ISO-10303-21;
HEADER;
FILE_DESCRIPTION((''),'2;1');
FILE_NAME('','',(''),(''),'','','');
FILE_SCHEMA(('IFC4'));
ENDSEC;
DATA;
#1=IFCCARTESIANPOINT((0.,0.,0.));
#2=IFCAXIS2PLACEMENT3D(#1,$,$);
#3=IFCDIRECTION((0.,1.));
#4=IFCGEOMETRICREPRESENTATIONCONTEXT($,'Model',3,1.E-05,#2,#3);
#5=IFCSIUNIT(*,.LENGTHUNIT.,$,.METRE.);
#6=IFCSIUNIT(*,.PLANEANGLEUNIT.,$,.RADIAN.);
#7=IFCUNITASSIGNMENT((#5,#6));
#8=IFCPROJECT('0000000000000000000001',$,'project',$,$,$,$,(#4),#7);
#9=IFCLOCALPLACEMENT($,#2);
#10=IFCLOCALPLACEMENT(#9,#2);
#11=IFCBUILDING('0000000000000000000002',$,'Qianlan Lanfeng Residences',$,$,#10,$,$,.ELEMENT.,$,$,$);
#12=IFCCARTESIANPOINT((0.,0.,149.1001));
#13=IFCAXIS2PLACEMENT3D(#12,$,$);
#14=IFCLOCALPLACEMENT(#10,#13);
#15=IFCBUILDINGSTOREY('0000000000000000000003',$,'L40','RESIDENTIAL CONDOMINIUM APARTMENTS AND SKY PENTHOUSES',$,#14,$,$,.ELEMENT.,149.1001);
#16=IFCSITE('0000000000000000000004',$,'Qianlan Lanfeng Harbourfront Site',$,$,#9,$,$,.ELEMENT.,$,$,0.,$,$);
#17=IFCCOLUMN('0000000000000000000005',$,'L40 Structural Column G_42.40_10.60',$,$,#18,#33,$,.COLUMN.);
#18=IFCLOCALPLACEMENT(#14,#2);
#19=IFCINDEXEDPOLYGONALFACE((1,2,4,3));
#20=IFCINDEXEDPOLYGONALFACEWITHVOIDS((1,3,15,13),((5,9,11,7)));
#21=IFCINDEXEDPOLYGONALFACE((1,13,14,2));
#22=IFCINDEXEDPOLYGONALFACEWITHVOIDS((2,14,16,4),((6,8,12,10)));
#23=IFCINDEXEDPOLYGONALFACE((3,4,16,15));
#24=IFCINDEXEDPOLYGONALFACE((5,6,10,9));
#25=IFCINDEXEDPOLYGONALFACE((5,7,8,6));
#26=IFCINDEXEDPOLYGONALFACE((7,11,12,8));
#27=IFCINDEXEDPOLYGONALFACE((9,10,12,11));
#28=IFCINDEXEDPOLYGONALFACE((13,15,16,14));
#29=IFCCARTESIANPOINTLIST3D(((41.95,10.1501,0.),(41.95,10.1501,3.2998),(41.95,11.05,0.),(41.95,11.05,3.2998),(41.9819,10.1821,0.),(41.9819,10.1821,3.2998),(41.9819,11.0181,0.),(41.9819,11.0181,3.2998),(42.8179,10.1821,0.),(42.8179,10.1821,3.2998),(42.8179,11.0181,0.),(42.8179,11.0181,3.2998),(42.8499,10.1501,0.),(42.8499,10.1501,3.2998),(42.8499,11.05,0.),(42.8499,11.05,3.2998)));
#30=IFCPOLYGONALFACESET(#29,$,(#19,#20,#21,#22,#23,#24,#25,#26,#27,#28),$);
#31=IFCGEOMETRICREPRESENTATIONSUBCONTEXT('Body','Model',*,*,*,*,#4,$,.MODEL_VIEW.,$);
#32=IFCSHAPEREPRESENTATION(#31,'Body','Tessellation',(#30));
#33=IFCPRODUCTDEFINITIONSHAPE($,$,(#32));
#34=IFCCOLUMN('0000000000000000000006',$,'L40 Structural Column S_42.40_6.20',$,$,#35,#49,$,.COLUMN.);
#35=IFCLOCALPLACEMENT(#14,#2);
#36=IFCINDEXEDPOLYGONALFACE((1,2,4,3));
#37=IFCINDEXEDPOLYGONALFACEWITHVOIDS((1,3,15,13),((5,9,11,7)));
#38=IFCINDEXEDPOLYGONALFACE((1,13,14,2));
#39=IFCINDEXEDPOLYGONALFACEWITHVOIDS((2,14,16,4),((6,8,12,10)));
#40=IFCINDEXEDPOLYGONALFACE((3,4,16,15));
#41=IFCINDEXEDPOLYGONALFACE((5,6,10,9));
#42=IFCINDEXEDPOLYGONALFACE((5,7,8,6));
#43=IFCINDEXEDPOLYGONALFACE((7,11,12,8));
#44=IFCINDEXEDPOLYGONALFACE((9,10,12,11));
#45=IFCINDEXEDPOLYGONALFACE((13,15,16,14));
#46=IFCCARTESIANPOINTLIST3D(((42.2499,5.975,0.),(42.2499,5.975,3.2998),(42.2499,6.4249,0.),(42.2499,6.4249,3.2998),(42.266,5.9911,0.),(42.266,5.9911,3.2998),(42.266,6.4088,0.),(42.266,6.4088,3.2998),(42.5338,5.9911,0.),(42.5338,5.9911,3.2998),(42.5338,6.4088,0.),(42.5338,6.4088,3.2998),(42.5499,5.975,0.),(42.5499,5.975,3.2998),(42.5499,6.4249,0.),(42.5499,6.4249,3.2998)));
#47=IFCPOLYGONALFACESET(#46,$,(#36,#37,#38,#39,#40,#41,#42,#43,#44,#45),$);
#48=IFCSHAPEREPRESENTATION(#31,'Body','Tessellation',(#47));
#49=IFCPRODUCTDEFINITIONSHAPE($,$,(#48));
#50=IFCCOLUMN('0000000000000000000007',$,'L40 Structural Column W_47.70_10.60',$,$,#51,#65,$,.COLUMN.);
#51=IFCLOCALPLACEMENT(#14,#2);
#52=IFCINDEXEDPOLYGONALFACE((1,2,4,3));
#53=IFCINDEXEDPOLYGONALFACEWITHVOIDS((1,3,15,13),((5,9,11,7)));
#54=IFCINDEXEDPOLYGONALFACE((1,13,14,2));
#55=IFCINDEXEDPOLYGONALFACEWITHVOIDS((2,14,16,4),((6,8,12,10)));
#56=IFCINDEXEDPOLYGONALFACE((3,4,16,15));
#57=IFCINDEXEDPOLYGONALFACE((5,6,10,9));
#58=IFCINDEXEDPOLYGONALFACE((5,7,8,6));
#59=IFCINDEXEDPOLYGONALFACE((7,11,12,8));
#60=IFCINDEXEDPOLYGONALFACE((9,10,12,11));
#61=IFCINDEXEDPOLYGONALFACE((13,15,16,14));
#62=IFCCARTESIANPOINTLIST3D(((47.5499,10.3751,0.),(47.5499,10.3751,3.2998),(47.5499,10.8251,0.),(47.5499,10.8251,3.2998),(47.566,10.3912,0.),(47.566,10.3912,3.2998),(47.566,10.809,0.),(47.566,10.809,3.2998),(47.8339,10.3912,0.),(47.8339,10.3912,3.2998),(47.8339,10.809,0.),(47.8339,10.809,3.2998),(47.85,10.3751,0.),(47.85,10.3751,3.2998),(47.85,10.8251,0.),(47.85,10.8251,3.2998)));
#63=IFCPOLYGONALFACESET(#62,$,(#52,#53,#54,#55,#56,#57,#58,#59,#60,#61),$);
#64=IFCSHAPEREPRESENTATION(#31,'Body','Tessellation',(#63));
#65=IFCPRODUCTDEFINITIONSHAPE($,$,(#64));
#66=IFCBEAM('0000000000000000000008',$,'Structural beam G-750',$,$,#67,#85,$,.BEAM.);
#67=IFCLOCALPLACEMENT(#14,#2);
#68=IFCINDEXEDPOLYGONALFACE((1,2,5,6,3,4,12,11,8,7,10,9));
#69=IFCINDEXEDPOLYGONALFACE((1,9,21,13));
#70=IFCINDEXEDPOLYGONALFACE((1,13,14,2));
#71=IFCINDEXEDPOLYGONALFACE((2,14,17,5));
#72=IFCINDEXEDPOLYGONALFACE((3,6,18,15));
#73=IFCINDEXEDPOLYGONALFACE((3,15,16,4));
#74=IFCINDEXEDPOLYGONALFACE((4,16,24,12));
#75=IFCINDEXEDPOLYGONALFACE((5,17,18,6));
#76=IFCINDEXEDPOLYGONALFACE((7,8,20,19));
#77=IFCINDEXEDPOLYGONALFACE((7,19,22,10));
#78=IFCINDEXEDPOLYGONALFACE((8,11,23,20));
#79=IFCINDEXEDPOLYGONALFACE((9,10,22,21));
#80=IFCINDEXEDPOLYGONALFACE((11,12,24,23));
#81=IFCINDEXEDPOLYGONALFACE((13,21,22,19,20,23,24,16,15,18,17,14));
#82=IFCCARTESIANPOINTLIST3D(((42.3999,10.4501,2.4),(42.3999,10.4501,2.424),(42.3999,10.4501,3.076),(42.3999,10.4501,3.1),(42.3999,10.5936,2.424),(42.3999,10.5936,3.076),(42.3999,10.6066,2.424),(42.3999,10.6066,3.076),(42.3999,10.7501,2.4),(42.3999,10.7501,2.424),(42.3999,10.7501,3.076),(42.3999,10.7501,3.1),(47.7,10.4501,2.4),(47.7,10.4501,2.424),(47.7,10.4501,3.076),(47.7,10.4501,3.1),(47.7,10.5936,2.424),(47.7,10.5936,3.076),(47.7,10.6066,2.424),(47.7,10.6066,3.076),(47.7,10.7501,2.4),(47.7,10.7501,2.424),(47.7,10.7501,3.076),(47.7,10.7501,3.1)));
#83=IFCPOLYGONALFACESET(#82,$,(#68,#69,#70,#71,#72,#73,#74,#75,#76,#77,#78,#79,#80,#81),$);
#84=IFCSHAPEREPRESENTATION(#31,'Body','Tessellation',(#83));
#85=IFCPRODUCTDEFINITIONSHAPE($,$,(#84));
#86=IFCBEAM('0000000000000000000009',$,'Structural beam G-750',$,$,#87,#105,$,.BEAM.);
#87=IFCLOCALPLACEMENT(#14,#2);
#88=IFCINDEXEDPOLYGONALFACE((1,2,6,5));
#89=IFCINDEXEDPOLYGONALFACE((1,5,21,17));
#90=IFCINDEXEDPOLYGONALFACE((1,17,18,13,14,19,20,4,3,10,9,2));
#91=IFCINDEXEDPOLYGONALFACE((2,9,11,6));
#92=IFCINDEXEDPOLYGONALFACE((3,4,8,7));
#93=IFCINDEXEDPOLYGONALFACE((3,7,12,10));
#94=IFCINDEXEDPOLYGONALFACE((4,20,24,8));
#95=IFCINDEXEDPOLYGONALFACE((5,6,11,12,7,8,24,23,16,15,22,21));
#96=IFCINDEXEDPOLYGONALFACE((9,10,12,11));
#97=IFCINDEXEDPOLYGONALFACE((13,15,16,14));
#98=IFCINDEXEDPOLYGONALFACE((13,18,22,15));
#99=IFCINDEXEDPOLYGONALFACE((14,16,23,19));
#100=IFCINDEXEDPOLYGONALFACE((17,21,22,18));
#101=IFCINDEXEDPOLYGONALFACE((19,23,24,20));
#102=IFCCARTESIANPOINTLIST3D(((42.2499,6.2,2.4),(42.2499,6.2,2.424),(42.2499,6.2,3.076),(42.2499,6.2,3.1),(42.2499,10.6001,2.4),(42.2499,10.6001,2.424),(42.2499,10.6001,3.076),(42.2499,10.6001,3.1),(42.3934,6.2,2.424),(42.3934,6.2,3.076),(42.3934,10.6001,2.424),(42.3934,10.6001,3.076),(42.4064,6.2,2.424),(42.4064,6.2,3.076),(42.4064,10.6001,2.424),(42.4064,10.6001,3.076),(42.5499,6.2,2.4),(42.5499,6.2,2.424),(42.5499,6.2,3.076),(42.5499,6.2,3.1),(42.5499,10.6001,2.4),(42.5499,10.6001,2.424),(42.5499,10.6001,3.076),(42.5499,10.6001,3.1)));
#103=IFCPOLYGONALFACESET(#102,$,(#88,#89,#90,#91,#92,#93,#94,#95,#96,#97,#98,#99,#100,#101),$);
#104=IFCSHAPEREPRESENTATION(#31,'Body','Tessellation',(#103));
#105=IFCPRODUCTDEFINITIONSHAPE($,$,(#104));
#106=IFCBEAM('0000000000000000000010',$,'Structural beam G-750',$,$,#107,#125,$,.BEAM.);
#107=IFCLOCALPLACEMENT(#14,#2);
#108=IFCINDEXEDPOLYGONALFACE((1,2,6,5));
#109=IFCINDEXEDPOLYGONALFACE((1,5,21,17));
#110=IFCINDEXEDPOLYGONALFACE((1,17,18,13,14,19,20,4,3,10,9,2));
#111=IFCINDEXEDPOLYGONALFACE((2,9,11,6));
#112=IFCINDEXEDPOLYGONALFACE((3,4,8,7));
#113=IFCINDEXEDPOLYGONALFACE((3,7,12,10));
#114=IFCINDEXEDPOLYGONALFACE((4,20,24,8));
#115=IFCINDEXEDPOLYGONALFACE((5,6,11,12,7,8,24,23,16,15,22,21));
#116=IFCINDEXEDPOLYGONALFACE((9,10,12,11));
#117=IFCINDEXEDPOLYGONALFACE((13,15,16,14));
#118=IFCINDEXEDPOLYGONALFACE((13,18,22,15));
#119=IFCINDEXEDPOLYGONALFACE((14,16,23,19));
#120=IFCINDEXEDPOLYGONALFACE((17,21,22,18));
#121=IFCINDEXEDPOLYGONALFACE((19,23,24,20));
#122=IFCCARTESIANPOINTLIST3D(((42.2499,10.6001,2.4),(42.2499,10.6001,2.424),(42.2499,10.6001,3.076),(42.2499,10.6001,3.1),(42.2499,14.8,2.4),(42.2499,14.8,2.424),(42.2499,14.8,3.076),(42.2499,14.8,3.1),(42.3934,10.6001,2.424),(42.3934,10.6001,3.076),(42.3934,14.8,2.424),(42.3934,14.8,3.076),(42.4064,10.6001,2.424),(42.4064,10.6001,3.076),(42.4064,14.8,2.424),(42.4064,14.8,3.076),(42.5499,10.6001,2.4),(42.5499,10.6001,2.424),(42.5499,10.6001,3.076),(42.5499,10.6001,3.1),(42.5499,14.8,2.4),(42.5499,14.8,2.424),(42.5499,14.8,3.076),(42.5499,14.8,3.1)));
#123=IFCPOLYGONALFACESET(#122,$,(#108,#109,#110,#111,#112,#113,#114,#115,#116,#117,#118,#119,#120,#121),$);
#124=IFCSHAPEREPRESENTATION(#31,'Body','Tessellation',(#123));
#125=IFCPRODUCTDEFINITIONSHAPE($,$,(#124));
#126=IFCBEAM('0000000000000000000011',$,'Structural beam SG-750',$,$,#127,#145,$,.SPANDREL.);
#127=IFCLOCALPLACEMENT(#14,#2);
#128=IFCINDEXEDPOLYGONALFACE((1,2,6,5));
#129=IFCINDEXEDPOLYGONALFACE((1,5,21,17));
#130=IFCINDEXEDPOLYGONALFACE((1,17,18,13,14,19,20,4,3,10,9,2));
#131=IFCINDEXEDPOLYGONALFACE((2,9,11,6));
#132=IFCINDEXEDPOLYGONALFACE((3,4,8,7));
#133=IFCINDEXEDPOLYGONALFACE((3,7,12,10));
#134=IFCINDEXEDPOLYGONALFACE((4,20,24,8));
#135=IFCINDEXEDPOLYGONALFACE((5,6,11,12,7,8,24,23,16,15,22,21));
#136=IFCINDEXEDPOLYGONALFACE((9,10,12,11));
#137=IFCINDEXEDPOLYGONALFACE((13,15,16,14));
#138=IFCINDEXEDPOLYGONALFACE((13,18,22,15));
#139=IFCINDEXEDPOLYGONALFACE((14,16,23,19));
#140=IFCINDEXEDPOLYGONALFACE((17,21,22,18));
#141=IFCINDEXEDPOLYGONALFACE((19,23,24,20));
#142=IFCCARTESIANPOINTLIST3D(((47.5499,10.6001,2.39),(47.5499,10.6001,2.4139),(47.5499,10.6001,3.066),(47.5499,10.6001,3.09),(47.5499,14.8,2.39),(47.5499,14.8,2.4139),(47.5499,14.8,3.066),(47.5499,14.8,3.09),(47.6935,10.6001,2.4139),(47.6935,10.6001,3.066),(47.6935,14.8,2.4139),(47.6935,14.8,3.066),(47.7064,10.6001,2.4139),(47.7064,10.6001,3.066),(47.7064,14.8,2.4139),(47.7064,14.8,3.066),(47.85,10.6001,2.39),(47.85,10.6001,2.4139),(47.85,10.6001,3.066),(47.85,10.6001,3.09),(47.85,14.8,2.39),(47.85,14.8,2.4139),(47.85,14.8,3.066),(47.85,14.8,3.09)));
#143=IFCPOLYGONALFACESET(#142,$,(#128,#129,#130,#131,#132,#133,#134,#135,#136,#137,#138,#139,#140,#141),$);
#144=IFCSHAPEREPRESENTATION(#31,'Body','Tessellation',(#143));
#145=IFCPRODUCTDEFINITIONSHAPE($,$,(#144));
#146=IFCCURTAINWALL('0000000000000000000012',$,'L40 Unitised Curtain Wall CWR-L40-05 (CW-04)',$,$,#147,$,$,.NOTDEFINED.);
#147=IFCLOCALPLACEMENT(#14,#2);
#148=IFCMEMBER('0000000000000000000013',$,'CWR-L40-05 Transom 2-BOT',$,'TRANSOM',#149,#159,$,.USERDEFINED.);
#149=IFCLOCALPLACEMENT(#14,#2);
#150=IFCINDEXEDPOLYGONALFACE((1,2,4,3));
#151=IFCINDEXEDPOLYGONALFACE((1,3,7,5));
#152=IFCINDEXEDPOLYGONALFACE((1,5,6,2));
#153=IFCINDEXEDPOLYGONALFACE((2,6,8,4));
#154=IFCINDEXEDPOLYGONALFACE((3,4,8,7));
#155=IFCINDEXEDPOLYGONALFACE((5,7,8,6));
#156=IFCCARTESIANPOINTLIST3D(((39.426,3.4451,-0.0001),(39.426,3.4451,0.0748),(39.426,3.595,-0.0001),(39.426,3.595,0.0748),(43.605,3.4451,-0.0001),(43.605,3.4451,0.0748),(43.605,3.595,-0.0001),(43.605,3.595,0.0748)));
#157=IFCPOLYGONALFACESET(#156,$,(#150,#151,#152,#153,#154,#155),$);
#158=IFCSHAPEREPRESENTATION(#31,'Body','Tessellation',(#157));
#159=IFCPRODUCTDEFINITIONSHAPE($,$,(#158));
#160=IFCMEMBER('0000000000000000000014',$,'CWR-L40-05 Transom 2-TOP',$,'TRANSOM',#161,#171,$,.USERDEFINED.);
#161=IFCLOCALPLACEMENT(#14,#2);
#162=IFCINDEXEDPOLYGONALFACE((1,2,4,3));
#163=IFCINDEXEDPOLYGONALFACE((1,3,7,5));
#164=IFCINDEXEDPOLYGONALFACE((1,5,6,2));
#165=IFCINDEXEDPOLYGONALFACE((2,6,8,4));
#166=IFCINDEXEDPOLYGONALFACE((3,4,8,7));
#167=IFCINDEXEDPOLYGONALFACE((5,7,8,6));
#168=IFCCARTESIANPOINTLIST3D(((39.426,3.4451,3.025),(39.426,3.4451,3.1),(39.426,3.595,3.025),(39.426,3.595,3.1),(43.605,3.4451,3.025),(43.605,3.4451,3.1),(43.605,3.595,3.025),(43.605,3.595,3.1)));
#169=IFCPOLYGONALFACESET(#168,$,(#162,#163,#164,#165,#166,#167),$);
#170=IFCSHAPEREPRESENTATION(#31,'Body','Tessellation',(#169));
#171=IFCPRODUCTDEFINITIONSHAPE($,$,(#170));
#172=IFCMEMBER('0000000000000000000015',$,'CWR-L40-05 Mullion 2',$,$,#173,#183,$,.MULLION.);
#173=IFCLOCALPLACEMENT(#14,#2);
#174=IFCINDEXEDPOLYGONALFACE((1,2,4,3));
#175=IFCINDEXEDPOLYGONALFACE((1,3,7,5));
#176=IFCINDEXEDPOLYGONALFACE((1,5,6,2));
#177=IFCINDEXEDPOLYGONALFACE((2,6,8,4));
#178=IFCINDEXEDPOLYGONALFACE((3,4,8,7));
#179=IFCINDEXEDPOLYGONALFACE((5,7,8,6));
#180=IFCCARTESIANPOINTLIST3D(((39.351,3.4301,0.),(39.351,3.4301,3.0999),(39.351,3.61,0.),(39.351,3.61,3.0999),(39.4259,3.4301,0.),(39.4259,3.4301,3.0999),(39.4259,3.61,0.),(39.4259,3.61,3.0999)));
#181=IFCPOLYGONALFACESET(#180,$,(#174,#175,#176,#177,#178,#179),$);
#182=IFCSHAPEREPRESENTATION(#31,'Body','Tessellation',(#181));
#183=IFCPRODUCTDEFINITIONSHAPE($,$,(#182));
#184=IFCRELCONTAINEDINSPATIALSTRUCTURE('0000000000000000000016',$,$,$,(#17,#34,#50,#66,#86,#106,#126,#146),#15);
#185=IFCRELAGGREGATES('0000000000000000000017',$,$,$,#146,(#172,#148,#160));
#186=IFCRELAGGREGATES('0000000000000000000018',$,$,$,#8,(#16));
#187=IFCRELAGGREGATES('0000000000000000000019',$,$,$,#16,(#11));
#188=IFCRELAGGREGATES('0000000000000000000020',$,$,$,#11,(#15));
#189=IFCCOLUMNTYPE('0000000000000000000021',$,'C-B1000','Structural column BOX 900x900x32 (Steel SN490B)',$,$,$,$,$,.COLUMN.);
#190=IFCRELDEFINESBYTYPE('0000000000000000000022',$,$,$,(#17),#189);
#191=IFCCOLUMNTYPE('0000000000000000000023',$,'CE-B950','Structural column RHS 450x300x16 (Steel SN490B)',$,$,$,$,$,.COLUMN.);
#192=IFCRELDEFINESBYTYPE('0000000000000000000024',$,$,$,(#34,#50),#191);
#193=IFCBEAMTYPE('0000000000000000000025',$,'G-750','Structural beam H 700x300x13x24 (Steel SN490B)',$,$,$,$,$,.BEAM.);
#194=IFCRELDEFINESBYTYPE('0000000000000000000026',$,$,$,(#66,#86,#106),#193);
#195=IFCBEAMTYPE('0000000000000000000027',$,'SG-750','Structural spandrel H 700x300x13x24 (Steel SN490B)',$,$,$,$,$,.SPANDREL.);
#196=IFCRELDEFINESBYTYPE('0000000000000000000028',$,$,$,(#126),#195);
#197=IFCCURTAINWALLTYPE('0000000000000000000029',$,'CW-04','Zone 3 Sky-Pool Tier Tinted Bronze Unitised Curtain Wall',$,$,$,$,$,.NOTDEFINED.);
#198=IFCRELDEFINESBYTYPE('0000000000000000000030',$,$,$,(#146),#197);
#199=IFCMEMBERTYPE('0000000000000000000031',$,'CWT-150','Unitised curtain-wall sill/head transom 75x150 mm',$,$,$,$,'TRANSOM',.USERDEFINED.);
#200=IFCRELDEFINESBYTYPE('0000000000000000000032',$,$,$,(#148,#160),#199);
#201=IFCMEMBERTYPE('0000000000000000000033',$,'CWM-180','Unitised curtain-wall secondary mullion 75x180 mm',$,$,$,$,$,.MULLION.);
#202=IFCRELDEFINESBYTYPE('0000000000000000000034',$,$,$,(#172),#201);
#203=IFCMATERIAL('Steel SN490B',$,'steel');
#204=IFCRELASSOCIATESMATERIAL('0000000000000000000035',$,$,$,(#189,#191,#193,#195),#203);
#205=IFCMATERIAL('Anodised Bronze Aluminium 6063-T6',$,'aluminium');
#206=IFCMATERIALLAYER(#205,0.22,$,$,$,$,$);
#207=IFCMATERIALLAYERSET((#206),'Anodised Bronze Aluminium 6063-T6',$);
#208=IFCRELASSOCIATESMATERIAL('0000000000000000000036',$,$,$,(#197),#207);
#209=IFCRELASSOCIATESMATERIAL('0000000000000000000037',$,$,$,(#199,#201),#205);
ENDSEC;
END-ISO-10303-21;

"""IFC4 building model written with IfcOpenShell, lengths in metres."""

from ifc_helpers import new_model, si_unit, direction, frame, origin, origin_2d, place, context, subcontext, project, spatial, rectangle, hollow_rectangle, i_section, extrude, source, transform, mapped, material, layer, layer_set, material_profile, profile_set, type_object, element, aggregate, save


model = new_model("IFC4")

# Units and contexts
model_context = context("Model", 3, precision=1e-05, world=origin(), true_north=direction((0.0, 1.0)))
body_context = subcontext(model_context, "Body", "Model", "MODEL_VIEW")
ifc_project = project(units=[si_unit("LENGTHUNIT", "METRE"), si_unit("PLANEANGLEUNIT", "RADIAN")], contexts=[model_context])

# Site, building, storey
site_placement = place(None, origin())
site = spatial("IfcSite", under=ifc_project, at=site_placement, Name="Qianlan Lanfeng Harbourfront Site", CompositionType="ELEMENT", RefElevation=0.0)
building_placement = place(site_placement, origin())
building = spatial("IfcBuilding", under=site, at=building_placement, Name="Qianlan Lanfeng Residences", CompositionType="ELEMENT")
storey_placement = place(building_placement, frame((0.0, 0.0, 149.1001)))
storey = spatial("IfcBuildingStorey", under=building, at=storey_placement, Name="L40", Description="RESIDENTIAL CONDOMINIUM APARTMENTS AND SKY PENTHOUSES", CompositionType="ELEMENT", Elevation=149.1001)

# Columns
ifc_material_1 = material(Name="Steel SN490B", Category="steel")
ifc_material_profile_1 = material_profile(ifc_material_1, hollow_rectangle(XDim=0.8999, YDim=0.8999, WallThickness=0.032, at=origin_2d()), Name="BOX 900x900x32")
ifc_profile_set_1 = profile_set([ifc_material_profile_1], Name="Steel SN490B")
column_type_1 = type_object("IfcColumnType", Name="C-B1000", Description="Structural column BOX 900x900x32 (Steel SN490B)", PredefinedType="COLUMN", material=ifc_profile_set_1)
column_placement = place(storey_placement, frame((42.3999, 10.6001, 0.0), z_axis=(0.0, 0.0, 1.0), x_axis=(1.0, 0.0, 0.0)))
element("IfcColumn", 1, at=column_placement, inside=storey, type_object=column_type_1, Name="L40 Structural Column G_42.40_10.60", PredefinedType="COLUMN", context=body_context, shape_type="SweptSolid", body=[
    extrude(hollow_rectangle(XDim=0.8999, YDim=0.8999, WallThickness=0.032, at=origin_2d()), origin(), (0.0, 0.0, 1.0), 3.2998),
])
ifc_material_profile_2 = material_profile(ifc_material_1, hollow_rectangle(XDim=0.3, YDim=0.45, WallThickness=0.0161, at=origin_2d()), Name="RHS 450x300x16")
ifc_profile_set_2 = profile_set([ifc_material_profile_2], Name="Steel SN490B")
column_type_2 = type_object("IfcColumnType", Name="CE-B950", Description="Structural column RHS 450x300x16 (Steel SN490B)", PredefinedType="COLUMN", material=ifc_profile_set_2)
for number, where, z_axis, x_axis, name in (
    (2, (42.3999, 6.2, 0.0), (0.0, 0.0, 1.0), (1.0, 0.0, 0.0), "L40 Structural Column S_42.40_6.20"),
    (3, (47.7, 10.6001, 0.0), (0.0, 0.0, 1.0), (1.0, 0.0, 0.0), "L40 Structural Column W_47.70_10.60"),
):
    element("IfcColumn", number, at=place(storey_placement, frame(where, z_axis=z_axis, x_axis=x_axis)), inside=storey, type_object=column_type_2, Name=name, PredefinedType="COLUMN", context=body_context, shape_type="SweptSolid", body=[
        extrude(hollow_rectangle(XDim=0.3, YDim=0.45, WallThickness=0.0161, at=origin_2d()), origin(), (0.0, 0.0, 1.0), 3.2998),
    ])

# Beams
ifc_material_profile_3 = material_profile(ifc_material_1, i_section(OverallWidth=0.3, OverallDepth=0.7, WebThickness=0.0129, FlangeThickness=0.0239, at=origin_2d()), Name="H 700x300x13x24")
ifc_profile_set_3 = profile_set([ifc_material_profile_3], Name="Steel SN490B")
beam_type_1 = type_object("IfcBeamType", Name="G-750", Description="Structural beam H 700x300x13x24 (Steel SN490B)", PredefinedType="BEAM", material=ifc_profile_set_3)
beam_1_placement = place(storey_placement, frame((42.3999, 10.6001, 2.75), z_axis=(1.0, 0.0, 0.0), x_axis=(0.0, 1.0, 0.0)))
element("IfcBeam", 4, at=beam_1_placement, inside=storey, type_object=beam_type_1, Name="Structural beam G-750", PredefinedType="BEAM", context=body_context, shape_type="SweptSolid", body=[
    extrude(i_section(OverallWidth=0.3, OverallDepth=0.7, WebThickness=0.0129, FlangeThickness=0.0239, at=origin_2d()), origin(), (0.0, 0.0, 1.0), 5.3),
])
beam_2_placement = place(storey_placement, frame((42.3999, 6.2, 2.75), z_axis=(0.0, 1.0, 0.0), x_axis=(-1.0, 0.0, 0.0)))
element("IfcBeam", 5, at=beam_2_placement, inside=storey, type_object=beam_type_1, Name="Structural beam G-750", PredefinedType="BEAM", context=body_context, shape_type="SweptSolid", body=[
    extrude(i_section(OverallWidth=0.3, OverallDepth=0.7, WebThickness=0.0129, FlangeThickness=0.0239, at=origin_2d()), origin(), (0.0, 0.0, 1.0), 4.4001),
])
beam_3_placement = place(storey_placement, frame((42.3999, 10.6001, 2.75), z_axis=(0.0, 1.0, 0.0), x_axis=(-1.0, 0.0, 0.0)))
element("IfcBeam", 6, at=beam_3_placement, inside=storey, type_object=beam_type_1, Name="Structural beam G-750", PredefinedType="BEAM", context=body_context, shape_type="SweptSolid", body=[
    extrude(i_section(OverallWidth=0.3, OverallDepth=0.7, WebThickness=0.0129, FlangeThickness=0.0239, at=origin_2d()), origin(), (0.0, 0.0, 1.0), 4.2),
])
ifc_material_profile_4 = material_profile(ifc_material_1, i_section(OverallWidth=0.3, OverallDepth=0.7, WebThickness=0.0129, FlangeThickness=0.0239, at=origin_2d()), Name="H 700x300x13x24")
ifc_profile_set_4 = profile_set([ifc_material_profile_4], Name="Steel SN490B")
beam_type_2 = type_object("IfcBeamType", Name="SG-750", Description="Structural spandrel H 700x300x13x24 (Steel SN490B)", PredefinedType="SPANDREL", material=ifc_profile_set_4)
beam_4_placement = place(storey_placement, frame((47.7, 10.6001, 2.74), z_axis=(0.0, 1.0, 0.0), x_axis=(-1.0, 0.0, 0.0)))
element("IfcBeam", 7, at=beam_4_placement, inside=storey, type_object=beam_type_2, Name="Structural beam SG-750", PredefinedType="SPANDREL", context=body_context, shape_type="SweptSolid", body=[
    extrude(i_section(OverallWidth=0.3, OverallDepth=0.7, WebThickness=0.0129, FlangeThickness=0.0239, at=origin_2d()), origin(), (0.0, 0.0, 1.0), 4.2),
])

# Curtain wall, members
ifc_material_2 = material(Name="Anodised Bronze Aluminium 6063-T6", Category="aluminium")
ifc_layer_1 = layer(ifc_material_2, 0.22)
ifc_layer_set_1 = layer_set([ifc_layer_1], Name="Anodised Bronze Aluminium 6063-T6")
curtain_wall_type = type_object("IfcCurtainWallType", Name="CW-04", Description="Zone 3 Sky-Pool Tier Tinted Bronze Unitised Curtain Wall", PredefinedType="NOTDEFINED", material=ifc_layer_set_1)
curtain_wall_placement = place(storey_placement, origin())
curtain_wall = element("IfcCurtainWall", 8, at=curtain_wall_placement, inside=storey, type_object=curtain_wall_type, Name="L40 Unitised Curtain Wall CWR-L40-05 (CW-04)", PredefinedType="NOTDEFINED")
ifc_material_profile_5 = material_profile(ifc_material_2, rectangle(XDim=0.075, YDim=0.1499, at=origin_2d()), Name="ALU TRANSOM 75x150")
ifc_profile_set_5 = profile_set([ifc_material_profile_5], Name="Anodised Bronze Aluminium 6063-T6")
member_type_1 = type_object("IfcMemberType", Name="CWT-150", Description="Unitised curtain-wall sill/head transom 75x150 mm", ElementType="TRANSOM", PredefinedType="USERDEFINED", material=ifc_profile_set_5)
shared_shape_1 = source(origin(), body_context, "Body", "SweptSolid", [
    extrude(rectangle(XDim=0.075, YDim=0.1499, at=origin_2d()), origin(), (0.0, 0.0, 1.0), 4.179),
])
member_1_placement = place(storey_placement, frame((39.426, 3.52, 0.0374), z_axis=(1.0, 0.0, 0.0), x_axis=(0.0, 0.0, 1.0)))
member_1 = element("IfcMember", 9, at=member_1_placement, type_object=member_type_1, Name="CWR-L40-05 Transom 2-BOT", ObjectType="TRANSOM", PredefinedType="USERDEFINED", context=body_context, shape_type="MappedRepresentation", body=[
    mapped(shared_shape_1, transform((0.0, 0.0, 0.0), scale=1.0)),
])
member_2_placement = place(storey_placement, frame((39.426, 3.52, 3.0625), z_axis=(1.0, 0.0, 0.0), x_axis=(0.0, 0.0, 1.0)))
member_2 = element("IfcMember", 10, at=member_2_placement, type_object=member_type_1, Name="CWR-L40-05 Transom 2-TOP", ObjectType="TRANSOM", PredefinedType="USERDEFINED", context=body_context, shape_type="MappedRepresentation", body=[
    mapped(shared_shape_1, transform((0.0, 0.0, 0.0), scale=1.0)),
])
ifc_material_profile_6 = material_profile(ifc_material_2, rectangle(XDim=0.075, YDim=0.1799, at=origin_2d()), Name="ALU MULLION 75x180")
ifc_profile_set_6 = profile_set([ifc_material_profile_6], Name="Anodised Bronze Aluminium 6063-T6")
member_type_2 = type_object("IfcMemberType", Name="CWM-180", Description="Unitised curtain-wall secondary mullion 75x180 mm", PredefinedType="MULLION", material=ifc_profile_set_6)
shared_shape_2 = source(origin(), body_context, "Body", "SweptSolid", [
    extrude(rectangle(XDim=0.075, YDim=0.1799, at=origin_2d()), origin(), (0.0, 0.0, 1.0), 3.0999),
])
member_3_placement = place(storey_placement, frame((39.3884, 3.52, 0.0), z_axis=(0.0, 0.0, 1.0), x_axis=(1.0, 0.0, 0.0)))
member_3 = element("IfcMember", 11, at=member_3_placement, type_object=member_type_2, Name="CWR-L40-05 Mullion 2", PredefinedType="MULLION", context=body_context, shape_type="MappedRepresentation", body=[
    mapped(shared_shape_2, transform((0.0, 0.0, 0.0), scale=1.0)),
])
aggregate(curtain_wall, [member_3, member_1, member_2])

save(model, "model.ifc")
